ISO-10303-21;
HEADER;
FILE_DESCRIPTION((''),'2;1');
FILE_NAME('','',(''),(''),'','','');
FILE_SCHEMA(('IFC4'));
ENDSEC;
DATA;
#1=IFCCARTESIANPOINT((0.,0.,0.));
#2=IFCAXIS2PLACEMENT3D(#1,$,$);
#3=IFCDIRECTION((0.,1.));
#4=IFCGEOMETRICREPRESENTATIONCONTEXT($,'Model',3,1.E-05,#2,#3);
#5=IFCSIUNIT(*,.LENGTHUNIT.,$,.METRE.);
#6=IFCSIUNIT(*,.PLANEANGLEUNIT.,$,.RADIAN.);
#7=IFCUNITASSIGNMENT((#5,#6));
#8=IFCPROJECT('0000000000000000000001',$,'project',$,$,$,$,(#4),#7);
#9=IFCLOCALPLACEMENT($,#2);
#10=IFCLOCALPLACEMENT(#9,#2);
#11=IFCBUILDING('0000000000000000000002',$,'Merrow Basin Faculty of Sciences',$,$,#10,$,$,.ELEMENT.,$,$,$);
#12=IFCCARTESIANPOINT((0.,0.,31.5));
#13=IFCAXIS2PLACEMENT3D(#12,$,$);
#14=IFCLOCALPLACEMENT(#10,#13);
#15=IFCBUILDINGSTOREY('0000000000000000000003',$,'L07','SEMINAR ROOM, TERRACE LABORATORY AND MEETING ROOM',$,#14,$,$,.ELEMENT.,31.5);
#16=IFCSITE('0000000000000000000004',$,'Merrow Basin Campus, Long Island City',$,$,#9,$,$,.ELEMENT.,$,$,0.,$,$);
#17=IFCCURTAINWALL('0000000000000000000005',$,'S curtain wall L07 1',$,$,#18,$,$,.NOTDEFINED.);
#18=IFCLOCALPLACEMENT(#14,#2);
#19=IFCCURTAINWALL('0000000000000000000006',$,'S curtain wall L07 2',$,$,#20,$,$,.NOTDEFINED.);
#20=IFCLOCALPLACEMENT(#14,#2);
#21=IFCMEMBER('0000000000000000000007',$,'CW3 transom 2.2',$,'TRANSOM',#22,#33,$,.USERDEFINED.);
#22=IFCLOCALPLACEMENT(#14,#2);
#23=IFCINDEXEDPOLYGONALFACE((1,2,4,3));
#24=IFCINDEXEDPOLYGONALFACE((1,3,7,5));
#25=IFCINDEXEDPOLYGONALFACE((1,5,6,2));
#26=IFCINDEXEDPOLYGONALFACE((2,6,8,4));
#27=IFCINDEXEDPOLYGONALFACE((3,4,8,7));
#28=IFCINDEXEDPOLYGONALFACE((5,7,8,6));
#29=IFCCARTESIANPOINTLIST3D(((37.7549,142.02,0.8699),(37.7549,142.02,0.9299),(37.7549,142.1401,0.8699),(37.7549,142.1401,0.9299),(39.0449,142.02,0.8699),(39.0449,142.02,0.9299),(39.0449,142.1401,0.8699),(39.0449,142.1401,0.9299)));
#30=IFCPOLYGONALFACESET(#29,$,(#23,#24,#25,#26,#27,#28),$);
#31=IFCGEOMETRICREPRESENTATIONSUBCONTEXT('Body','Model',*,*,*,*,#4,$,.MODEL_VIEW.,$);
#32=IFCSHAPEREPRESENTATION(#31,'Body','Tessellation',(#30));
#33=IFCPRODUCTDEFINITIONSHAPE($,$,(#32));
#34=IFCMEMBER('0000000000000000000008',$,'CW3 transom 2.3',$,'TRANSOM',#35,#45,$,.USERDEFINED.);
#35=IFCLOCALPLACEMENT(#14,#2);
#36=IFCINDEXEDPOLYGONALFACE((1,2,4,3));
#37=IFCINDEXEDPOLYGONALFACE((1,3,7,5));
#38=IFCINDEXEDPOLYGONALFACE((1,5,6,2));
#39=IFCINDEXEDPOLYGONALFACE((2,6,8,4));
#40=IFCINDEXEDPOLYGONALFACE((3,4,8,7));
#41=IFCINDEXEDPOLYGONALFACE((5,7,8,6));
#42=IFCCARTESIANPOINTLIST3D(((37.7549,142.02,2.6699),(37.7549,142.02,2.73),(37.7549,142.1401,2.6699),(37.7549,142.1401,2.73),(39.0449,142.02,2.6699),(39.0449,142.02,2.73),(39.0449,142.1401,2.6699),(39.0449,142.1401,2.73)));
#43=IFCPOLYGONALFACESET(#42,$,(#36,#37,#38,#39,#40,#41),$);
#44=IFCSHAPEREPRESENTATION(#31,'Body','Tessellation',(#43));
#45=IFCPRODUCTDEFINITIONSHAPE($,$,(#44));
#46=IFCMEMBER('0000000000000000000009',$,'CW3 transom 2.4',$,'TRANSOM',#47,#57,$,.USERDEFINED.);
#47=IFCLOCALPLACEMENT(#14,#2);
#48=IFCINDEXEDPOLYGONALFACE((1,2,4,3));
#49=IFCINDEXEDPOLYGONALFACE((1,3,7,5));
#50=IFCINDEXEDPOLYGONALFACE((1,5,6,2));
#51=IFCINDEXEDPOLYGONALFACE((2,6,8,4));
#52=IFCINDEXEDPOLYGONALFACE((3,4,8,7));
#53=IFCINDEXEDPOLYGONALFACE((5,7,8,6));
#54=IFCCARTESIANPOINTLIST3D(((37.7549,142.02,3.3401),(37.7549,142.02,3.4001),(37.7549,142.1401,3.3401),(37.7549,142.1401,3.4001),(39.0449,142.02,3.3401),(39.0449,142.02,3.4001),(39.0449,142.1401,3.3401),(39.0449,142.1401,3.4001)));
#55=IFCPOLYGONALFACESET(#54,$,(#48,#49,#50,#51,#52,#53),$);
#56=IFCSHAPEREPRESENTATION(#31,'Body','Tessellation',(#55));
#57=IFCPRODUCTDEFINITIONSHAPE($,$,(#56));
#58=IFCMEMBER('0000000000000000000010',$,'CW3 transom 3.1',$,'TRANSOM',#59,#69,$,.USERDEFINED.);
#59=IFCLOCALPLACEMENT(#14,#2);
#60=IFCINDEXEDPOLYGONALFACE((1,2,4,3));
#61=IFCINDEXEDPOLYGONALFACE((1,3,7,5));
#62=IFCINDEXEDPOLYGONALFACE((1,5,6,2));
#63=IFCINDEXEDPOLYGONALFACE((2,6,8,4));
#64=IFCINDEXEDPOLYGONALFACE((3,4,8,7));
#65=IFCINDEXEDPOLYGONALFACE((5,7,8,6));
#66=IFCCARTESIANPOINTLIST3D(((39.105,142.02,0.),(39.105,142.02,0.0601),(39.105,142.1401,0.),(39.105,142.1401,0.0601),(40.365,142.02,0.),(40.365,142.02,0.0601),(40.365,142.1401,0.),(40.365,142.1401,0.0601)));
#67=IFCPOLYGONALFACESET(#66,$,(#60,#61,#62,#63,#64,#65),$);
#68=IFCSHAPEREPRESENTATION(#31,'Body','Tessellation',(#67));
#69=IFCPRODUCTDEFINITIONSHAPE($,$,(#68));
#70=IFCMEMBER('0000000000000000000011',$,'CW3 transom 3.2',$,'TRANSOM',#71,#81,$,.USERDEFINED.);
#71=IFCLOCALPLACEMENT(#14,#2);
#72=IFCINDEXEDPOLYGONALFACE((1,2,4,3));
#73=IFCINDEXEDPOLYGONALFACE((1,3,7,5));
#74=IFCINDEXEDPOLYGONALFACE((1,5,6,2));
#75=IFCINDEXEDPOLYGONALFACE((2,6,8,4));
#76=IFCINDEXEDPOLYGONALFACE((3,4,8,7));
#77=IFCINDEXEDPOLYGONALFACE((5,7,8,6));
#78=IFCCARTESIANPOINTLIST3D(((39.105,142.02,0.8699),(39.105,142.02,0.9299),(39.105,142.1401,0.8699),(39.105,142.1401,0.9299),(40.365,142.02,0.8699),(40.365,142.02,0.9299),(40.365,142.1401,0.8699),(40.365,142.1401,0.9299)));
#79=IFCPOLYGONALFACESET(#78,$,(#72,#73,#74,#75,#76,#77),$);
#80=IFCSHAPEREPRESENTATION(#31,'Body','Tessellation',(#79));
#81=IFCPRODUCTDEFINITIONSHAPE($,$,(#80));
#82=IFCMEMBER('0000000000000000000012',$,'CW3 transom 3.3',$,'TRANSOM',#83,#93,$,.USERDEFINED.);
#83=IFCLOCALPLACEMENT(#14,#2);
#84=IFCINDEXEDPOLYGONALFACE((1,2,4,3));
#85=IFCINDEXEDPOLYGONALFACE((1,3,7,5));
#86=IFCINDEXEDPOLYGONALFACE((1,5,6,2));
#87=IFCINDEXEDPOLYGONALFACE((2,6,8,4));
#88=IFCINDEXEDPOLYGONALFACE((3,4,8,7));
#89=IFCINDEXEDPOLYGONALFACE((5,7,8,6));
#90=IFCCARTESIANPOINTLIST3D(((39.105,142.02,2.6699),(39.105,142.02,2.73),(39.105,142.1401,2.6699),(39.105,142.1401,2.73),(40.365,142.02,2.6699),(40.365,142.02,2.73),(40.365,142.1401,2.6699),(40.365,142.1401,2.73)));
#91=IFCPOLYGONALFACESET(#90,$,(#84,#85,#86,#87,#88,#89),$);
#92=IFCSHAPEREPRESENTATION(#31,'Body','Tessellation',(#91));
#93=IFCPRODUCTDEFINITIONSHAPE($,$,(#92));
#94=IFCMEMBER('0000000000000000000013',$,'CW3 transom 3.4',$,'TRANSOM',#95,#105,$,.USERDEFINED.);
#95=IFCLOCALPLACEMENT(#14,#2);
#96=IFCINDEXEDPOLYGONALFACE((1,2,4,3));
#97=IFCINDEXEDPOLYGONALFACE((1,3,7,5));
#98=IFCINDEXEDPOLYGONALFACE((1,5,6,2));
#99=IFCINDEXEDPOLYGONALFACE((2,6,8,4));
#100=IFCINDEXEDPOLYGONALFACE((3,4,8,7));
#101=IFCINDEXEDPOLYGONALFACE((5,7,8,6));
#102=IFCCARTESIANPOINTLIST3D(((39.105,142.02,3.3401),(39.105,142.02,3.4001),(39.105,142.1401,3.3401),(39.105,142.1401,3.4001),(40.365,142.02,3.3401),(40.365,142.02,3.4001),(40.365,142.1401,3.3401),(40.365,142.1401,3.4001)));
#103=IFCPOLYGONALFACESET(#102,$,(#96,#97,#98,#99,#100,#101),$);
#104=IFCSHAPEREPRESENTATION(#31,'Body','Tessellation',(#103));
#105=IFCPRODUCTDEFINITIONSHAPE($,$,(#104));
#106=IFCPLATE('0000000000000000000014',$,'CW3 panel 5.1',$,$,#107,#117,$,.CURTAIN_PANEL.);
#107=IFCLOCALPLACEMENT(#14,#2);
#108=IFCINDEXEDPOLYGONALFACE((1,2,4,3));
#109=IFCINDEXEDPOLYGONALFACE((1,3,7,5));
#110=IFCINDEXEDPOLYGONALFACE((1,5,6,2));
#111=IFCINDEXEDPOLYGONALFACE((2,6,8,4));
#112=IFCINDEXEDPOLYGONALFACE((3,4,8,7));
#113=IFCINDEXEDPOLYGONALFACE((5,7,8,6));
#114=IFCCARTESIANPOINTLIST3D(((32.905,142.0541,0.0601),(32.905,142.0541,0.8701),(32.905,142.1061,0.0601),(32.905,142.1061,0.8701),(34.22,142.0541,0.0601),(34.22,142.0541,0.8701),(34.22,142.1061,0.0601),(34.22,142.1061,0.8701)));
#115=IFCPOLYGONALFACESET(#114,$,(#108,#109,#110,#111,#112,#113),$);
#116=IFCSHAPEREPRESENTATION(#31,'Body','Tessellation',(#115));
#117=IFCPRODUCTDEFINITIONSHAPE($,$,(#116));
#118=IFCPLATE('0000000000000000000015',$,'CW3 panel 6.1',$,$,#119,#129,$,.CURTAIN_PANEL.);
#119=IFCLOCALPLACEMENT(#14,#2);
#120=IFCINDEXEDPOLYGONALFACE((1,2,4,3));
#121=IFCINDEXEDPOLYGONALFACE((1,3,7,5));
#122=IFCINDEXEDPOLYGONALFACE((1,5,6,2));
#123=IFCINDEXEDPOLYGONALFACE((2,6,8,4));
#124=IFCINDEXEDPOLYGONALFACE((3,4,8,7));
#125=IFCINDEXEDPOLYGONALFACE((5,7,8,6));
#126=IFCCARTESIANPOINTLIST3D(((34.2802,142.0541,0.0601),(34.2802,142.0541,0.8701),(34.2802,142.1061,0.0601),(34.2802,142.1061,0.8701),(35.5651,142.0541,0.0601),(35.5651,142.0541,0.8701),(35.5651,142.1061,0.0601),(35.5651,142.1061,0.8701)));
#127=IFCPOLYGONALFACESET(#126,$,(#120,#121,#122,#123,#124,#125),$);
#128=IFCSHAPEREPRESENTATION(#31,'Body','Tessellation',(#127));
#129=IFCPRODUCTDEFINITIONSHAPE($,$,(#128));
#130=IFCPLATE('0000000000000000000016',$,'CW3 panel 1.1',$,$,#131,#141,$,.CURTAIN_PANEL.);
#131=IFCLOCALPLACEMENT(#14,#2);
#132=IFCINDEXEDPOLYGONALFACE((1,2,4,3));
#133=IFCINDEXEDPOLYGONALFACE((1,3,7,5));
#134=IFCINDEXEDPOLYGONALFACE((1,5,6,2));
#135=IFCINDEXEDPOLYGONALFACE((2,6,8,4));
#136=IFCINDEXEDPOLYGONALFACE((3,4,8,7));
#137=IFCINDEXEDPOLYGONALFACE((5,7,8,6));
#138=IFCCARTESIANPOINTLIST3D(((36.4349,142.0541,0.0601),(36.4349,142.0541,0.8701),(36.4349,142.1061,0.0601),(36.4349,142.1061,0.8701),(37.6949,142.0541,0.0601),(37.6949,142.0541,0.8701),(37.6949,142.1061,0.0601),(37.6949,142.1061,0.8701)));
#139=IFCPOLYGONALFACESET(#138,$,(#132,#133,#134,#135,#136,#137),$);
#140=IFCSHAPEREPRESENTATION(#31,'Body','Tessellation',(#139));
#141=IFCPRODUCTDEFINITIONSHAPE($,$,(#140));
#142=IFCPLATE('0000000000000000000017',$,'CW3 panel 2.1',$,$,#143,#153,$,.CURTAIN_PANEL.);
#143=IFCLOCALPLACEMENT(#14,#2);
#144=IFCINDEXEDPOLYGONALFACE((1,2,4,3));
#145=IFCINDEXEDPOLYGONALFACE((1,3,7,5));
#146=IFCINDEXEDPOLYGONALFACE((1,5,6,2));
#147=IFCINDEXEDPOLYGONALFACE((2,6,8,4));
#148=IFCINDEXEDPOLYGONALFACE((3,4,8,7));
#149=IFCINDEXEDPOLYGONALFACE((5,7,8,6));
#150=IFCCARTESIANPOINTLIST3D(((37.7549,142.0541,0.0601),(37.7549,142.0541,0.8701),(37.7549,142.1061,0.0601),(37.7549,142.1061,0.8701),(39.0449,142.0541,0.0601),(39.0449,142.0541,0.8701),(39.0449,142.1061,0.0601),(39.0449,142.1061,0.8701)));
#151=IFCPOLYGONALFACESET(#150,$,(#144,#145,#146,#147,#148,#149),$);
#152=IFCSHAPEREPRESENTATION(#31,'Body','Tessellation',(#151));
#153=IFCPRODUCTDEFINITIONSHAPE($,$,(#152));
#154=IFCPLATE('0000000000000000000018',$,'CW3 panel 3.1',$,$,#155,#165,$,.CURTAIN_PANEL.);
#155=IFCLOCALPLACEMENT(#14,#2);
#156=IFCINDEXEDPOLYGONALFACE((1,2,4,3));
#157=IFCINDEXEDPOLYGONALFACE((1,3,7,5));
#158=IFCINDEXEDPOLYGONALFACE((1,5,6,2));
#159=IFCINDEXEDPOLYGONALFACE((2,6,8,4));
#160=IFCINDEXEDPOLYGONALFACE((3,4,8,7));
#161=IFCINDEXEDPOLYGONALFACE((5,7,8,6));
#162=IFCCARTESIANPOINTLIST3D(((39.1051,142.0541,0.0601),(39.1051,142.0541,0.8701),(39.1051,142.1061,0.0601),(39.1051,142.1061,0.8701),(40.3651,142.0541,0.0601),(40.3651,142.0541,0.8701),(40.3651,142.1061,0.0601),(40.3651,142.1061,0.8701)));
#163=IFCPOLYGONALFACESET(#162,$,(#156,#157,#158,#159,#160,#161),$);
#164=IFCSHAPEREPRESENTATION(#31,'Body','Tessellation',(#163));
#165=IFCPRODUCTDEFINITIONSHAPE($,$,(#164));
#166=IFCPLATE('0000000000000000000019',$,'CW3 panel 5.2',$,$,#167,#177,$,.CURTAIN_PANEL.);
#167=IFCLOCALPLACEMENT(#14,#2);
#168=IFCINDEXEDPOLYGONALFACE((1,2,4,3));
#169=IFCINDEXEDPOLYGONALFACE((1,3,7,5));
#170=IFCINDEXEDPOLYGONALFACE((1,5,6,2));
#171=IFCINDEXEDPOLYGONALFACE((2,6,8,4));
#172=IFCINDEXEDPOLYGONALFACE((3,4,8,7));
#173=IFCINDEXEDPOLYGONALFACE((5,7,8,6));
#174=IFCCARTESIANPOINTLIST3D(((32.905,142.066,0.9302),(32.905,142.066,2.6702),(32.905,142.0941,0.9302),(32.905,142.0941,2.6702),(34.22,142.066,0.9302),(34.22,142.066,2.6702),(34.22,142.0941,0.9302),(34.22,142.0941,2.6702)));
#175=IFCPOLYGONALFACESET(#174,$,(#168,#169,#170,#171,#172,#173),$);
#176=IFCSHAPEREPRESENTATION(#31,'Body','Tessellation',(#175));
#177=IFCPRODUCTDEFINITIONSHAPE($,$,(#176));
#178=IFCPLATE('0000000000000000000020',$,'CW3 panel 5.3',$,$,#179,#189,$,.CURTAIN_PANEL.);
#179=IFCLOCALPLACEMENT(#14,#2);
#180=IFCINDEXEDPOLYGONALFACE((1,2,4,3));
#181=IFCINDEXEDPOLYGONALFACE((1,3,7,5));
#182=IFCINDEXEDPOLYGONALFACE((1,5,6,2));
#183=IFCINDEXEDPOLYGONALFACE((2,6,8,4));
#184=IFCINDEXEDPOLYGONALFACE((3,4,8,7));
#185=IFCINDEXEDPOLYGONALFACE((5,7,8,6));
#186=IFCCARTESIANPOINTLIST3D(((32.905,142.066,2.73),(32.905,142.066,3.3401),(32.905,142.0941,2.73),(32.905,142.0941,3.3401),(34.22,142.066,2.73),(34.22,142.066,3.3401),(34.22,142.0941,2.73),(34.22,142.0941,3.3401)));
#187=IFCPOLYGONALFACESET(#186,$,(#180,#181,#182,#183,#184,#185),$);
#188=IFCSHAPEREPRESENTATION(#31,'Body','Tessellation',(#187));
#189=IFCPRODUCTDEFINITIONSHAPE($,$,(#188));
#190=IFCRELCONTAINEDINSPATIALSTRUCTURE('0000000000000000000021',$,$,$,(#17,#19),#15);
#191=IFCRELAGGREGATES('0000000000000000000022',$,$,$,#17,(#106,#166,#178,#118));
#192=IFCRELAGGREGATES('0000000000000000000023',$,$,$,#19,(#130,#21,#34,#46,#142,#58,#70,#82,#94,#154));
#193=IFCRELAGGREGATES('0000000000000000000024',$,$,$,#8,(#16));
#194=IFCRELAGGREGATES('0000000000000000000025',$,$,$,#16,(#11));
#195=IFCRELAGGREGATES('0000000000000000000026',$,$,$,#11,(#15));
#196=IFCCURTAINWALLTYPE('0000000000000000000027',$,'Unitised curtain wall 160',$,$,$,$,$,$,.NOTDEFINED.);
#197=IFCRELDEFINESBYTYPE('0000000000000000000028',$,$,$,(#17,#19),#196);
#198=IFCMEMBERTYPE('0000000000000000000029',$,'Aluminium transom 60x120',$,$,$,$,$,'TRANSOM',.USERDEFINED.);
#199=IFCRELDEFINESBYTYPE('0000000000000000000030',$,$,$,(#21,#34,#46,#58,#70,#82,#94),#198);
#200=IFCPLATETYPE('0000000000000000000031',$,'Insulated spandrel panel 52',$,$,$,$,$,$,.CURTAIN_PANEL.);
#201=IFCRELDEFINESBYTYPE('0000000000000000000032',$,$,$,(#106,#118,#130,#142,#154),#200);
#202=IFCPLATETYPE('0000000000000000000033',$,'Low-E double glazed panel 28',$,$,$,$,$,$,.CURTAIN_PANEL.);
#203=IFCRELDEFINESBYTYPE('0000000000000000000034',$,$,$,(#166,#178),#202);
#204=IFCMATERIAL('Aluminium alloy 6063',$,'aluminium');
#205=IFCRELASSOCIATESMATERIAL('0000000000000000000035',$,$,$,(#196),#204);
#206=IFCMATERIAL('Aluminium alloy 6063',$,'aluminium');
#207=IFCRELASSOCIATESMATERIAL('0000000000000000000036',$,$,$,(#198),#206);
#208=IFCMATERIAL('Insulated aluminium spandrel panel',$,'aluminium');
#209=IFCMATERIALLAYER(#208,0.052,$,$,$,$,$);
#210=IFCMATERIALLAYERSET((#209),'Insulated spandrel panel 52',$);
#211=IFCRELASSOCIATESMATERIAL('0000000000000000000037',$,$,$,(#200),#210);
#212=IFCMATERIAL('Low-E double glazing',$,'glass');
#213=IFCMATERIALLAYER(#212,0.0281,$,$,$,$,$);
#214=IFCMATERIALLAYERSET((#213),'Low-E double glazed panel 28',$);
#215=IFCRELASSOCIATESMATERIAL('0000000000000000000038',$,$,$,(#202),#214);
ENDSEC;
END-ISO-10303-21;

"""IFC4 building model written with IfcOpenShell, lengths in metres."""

from ifc_helpers import new_model, si_unit, direction, frame, origin, origin_2d, place, context, subcontext, project, spatial, rectangle, extrude, material, layer, layer_set, material_profile, profile_set, type_object, element, aggregate, save


model = new_model("IFC4")

# Units and contexts
model_context = context("Model", 3, precision=1e-05, world=origin(), true_north=direction((0.0, 1.0)))
body_context = subcontext(model_context, "Body", "Model", "MODEL_VIEW")
ifc_project = project(units=[si_unit("LENGTHUNIT", "METRE"), si_unit("PLANEANGLEUNIT", "RADIAN")], contexts=[model_context])

# Site, building, storey
site_placement = place(None, origin())
site = spatial("IfcSite", under=ifc_project, at=site_placement, Name="Merrow Basin Campus, Long Island City", CompositionType="ELEMENT", RefElevation=0.0)
building_placement = place(site_placement, origin())
building = spatial("IfcBuilding", under=site, at=building_placement, Name="Merrow Basin Faculty of Sciences", CompositionType="ELEMENT")
storey_placement = place(building_placement, frame((0.0, 0.0, 31.5)))
storey = spatial("IfcBuildingStorey", under=building, at=storey_placement, Name="L07", Description="SEMINAR ROOM, TERRACE LABORATORY AND MEETING ROOM", CompositionType="ELEMENT", Elevation=31.5)

# Curtain walls
ifc_material_1 = material(Name="Aluminium alloy 6063", Category="aluminium")
curtain_wall_type = type_object("IfcCurtainWallType", Name="Unitised curtain wall 160", PredefinedType="NOTDEFINED", material=ifc_material_1)
curtain_wall_1_placement = place(storey_placement, origin())
curtain_wall_1 = element("IfcCurtainWall", 1, at=curtain_wall_1_placement, inside=storey, type_object=curtain_wall_type, Name="S curtain wall L07 1", PredefinedType="NOTDEFINED")
curtain_wall_2_placement = place(storey_placement, origin())
curtain_wall_2 = element("IfcCurtainWall", 2, at=curtain_wall_2_placement, inside=storey, type_object=curtain_wall_type, Name="S curtain wall L07 2", PredefinedType="NOTDEFINED")

# Members
ifc_material_2 = material(Name="Aluminium alloy 6063", Category="aluminium")
ifc_material_profile_1 = material_profile(ifc_material_2, rectangle(XDim=0.1201, YDim=0.0601, at=origin_2d()))
ifc_profile_set_1 = profile_set([ifc_material_profile_1], Name="Aluminium alloy 6063")
member_type_1 = type_object("IfcMemberType", Name="Aluminium transom 60x120", ElementType="TRANSOM", PredefinedType="USERDEFINED", material=ifc_profile_set_1)
member_1_placement = place(storey_placement, frame((37.7549, 142.0801, 0.8999), z_axis=(1.0, 0.0, 0.0), x_axis=(0.0, 1.0, 0.0)))
member_1 = element("IfcMember", 3, at=member_1_placement, type_object=member_type_1, Name="CW3 transom 2.2", ObjectType="TRANSOM", PredefinedType="USERDEFINED", context=body_context, shape_type="SweptSolid", body=[
    extrude(rectangle(XDim=0.1201, YDim=0.0601, at=origin_2d()), origin(), (0.0, 0.0, 1.0), 1.29),
])
member_2_placement = place(storey_placement, frame((37.7549, 142.0801, 2.7), z_axis=(1.0, 0.0, 0.0), x_axis=(0.0, 1.0, 0.0)))
member_2 = element("IfcMember", 4, at=member_2_placement, type_object=member_type_1, Name="CW3 transom 2.3", ObjectType="TRANSOM", PredefinedType="USERDEFINED", context=body_context, shape_type="SweptSolid", body=[
    extrude(rectangle(XDim=0.1201, YDim=0.0601, at=origin_2d()), origin(), (0.0, 0.0, 1.0), 1.29),
])
member_3_placement = place(storey_placement, frame((37.7549, 142.0801, 3.3701), z_axis=(1.0, 0.0, 0.0), x_axis=(0.0, 1.0, 0.0)))
member_3 = element("IfcMember", 5, at=member_3_placement, type_object=member_type_1, Name="CW3 transom 2.4", ObjectType="TRANSOM", PredefinedType="USERDEFINED", context=body_context, shape_type="SweptSolid", body=[
    extrude(rectangle(XDim=0.1201, YDim=0.0601, at=origin_2d()), origin(), (0.0, 0.0, 1.0), 1.29),
])
member_4_placement = place(storey_placement, frame((39.105, 142.0801, 0.03), z_axis=(1.0, 0.0, 0.0), x_axis=(0.0, 1.0, 0.0)))
member_4 = element("IfcMember", 6, at=member_4_placement, type_object=member_type_1, Name="CW3 transom 3.1", ObjectType="TRANSOM", PredefinedType="USERDEFINED", context=body_context, shape_type="SweptSolid", body=[
    extrude(rectangle(XDim=0.1201, YDim=0.0601, at=origin_2d()), origin(), (0.0, 0.0, 1.0), 1.26),
])
member_5_placement = place(storey_placement, frame((39.105, 142.0801, 0.8999), z_axis=(1.0, 0.0, 0.0), x_axis=(0.0, 1.0, 0.0)))
member_5 = element("IfcMember", 7, at=member_5_placement, type_object=member_type_1, Name="CW3 transom 3.2", ObjectType="TRANSOM", PredefinedType="USERDEFINED", context=body_context, shape_type="SweptSolid", body=[
    extrude(rectangle(XDim=0.1201, YDim=0.0601, at=origin_2d()), origin(), (0.0, 0.0, 1.0), 1.26),
])
member_6_placement = place(storey_placement, frame((39.105, 142.0801, 2.7), z_axis=(1.0, 0.0, 0.0), x_axis=(0.0, 1.0, 0.0)))
member_6 = element("IfcMember", 8, at=member_6_placement, type_object=member_type_1, Name="CW3 transom 3.3", ObjectType="TRANSOM", PredefinedType="USERDEFINED", context=body_context, shape_type="SweptSolid", body=[
    extrude(rectangle(XDim=0.1201, YDim=0.0601, at=origin_2d()), origin(), (0.0, 0.0, 1.0), 1.26),
])
member_7_placement = place(storey_placement, frame((39.105, 142.0801, 3.3701), z_axis=(1.0, 0.0, 0.0), x_axis=(0.0, 1.0, 0.0)))
member_7 = element("IfcMember", 9, at=member_7_placement, type_object=member_type_1, Name="CW3 transom 3.4", ObjectType="TRANSOM", PredefinedType="USERDEFINED", context=body_context, shape_type="SweptSolid", body=[
    extrude(rectangle(XDim=0.1201, YDim=0.0601, at=origin_2d()), origin(), (0.0, 0.0, 1.0), 1.26),
])

# Plates
ifc_material_3 = material(Name="Insulated aluminium spandrel panel", Category="aluminium")
ifc_layer_1 = layer(ifc_material_3, 0.052)
ifc_layer_set_1 = layer_set([ifc_layer_1], Name="Insulated spandrel panel 52")
plate_type_1 = type_object("IfcPlateType", Name="Insulated spandrel panel 52", PredefinedType="CURTAIN_PANEL", material=ifc_layer_set_1)
plate_1_placement = place(storey_placement, frame((33.5625, 142.0801, 0.0601), z_axis=(0.0, 0.0, 1.0), x_axis=(1.0, 0.0, 0.0)))
plate_1 = element("IfcPlate", 10, at=plate_1_placement, type_object=plate_type_1, Name="CW3 panel 5.1", PredefinedType="CURTAIN_PANEL", context=body_context, shape_type="SweptSolid", body=[
    extrude(rectangle(XDim=1.3149, YDim=0.052, at=origin_2d()), origin(), (0.0, 0.0, 1.0), 0.8101),
])
plate_2_placement = place(storey_placement, frame((34.9226, 142.0801, 0.0601), z_axis=(0.0, 0.0, 1.0), x_axis=(1.0, 0.0, 0.0)))
plate_2 = element("IfcPlate", 11, at=plate_2_placement, type_object=plate_type_1, Name="CW3 panel 6.1", PredefinedType="CURTAIN_PANEL", context=body_context, shape_type="SweptSolid", body=[
    extrude(rectangle(XDim=1.2849, YDim=0.052, at=origin_2d()), origin(), (0.0, 0.0, 1.0), 0.8101),
])
plate_3_placement = place(storey_placement, frame((37.0649, 142.0801, 0.0601), z_axis=(0.0, 0.0, 1.0), x_axis=(1.0, 0.0, 0.0)))
plate_3 = element("IfcPlate", 12, at=plate_3_placement, type_object=plate_type_1, Name="CW3 panel 1.1", PredefinedType="CURTAIN_PANEL", context=body_context, shape_type="SweptSolid", body=[
    extrude(rectangle(XDim=1.26, YDim=0.052, at=origin_2d()), origin(), (0.0, 0.0, 1.0), 0.8101),
])
plate_4_placement = place(storey_placement, frame((38.3999, 142.0801, 0.0601), z_axis=(0.0, 0.0, 1.0), x_axis=(1.0, 0.0, 0.0)))
plate_4 = element("IfcPlate", 13, at=plate_4_placement, type_object=plate_type_1, Name="CW3 panel 2.1", PredefinedType="CURTAIN_PANEL", context=body_context, shape_type="SweptSolid", body=[
    extrude(rectangle(XDim=1.29, YDim=0.052, at=origin_2d()), origin(), (0.0, 0.0, 1.0), 0.8101),
])
plate_5_placement = place(storey_placement, frame((39.7351, 142.0801, 0.0601), z_axis=(0.0, 0.0, 1.0), x_axis=(1.0, 0.0, 0.0)))
plate_5 = element("IfcPlate", 14, at=plate_5_placement, type_object=plate_type_1, Name="CW3 panel 3.1", PredefinedType="CURTAIN_PANEL", context=body_context, shape_type="SweptSolid", body=[
    extrude(rectangle(XDim=1.26, YDim=0.052, at=origin_2d()), origin(), (0.0, 0.0, 1.0), 0.8101),
])
ifc_material_4 = material(Name="Low-E double glazing", Category="glass")
ifc_layer_2 = layer(ifc_material_4, 0.0281)
ifc_layer_set_2 = layer_set([ifc_layer_2], Name="Low-E double glazed panel 28")
plate_type_2 = type_object("IfcPlateType", Name="Low-E double glazed panel 28", PredefinedType="CURTAIN_PANEL", material=ifc_layer_set_2)
plate_6_placement = place(storey_placement, frame((33.5625, 142.0801, 0.9302), z_axis=(0.0, 0.0, 1.0), x_axis=(1.0, 0.0, 0.0)))
plate_6 = element("IfcPlate", 15, at=plate_6_placement, type_object=plate_type_2, Name="CW3 panel 5.2", PredefinedType="CURTAIN_PANEL", context=body_context, shape_type="SweptSolid", body=[
    extrude(rectangle(XDim=1.3149, YDim=0.0281, at=origin_2d()), origin(), (0.0, 0.0, 1.0), 1.74),
])
plate_7_placement = place(storey_placement, frame((33.5625, 142.0801, 2.73), z_axis=(0.0, 0.0, 1.0), x_axis=(1.0, 0.0, 0.0)))
plate_7 = element("IfcPlate", 16, at=plate_7_placement, type_object=plate_type_2, Name="CW3 panel 5.3", PredefinedType="CURTAIN_PANEL", context=body_context, shape_type="SweptSolid", body=[
    extrude(rectangle(XDim=1.3149, YDim=0.0281, at=origin_2d()), origin(), (0.0, 0.0, 1.0), 0.6101),
])
aggregate(curtain_wall_1, [plate_1, plate_6, plate_7, plate_2])
aggregate(curtain_wall_2, [plate_3, member_1, member_2, member_3, plate_4, member_4, member_5, member_6, member_7, plate_5])

save(model, "model.ifc")
